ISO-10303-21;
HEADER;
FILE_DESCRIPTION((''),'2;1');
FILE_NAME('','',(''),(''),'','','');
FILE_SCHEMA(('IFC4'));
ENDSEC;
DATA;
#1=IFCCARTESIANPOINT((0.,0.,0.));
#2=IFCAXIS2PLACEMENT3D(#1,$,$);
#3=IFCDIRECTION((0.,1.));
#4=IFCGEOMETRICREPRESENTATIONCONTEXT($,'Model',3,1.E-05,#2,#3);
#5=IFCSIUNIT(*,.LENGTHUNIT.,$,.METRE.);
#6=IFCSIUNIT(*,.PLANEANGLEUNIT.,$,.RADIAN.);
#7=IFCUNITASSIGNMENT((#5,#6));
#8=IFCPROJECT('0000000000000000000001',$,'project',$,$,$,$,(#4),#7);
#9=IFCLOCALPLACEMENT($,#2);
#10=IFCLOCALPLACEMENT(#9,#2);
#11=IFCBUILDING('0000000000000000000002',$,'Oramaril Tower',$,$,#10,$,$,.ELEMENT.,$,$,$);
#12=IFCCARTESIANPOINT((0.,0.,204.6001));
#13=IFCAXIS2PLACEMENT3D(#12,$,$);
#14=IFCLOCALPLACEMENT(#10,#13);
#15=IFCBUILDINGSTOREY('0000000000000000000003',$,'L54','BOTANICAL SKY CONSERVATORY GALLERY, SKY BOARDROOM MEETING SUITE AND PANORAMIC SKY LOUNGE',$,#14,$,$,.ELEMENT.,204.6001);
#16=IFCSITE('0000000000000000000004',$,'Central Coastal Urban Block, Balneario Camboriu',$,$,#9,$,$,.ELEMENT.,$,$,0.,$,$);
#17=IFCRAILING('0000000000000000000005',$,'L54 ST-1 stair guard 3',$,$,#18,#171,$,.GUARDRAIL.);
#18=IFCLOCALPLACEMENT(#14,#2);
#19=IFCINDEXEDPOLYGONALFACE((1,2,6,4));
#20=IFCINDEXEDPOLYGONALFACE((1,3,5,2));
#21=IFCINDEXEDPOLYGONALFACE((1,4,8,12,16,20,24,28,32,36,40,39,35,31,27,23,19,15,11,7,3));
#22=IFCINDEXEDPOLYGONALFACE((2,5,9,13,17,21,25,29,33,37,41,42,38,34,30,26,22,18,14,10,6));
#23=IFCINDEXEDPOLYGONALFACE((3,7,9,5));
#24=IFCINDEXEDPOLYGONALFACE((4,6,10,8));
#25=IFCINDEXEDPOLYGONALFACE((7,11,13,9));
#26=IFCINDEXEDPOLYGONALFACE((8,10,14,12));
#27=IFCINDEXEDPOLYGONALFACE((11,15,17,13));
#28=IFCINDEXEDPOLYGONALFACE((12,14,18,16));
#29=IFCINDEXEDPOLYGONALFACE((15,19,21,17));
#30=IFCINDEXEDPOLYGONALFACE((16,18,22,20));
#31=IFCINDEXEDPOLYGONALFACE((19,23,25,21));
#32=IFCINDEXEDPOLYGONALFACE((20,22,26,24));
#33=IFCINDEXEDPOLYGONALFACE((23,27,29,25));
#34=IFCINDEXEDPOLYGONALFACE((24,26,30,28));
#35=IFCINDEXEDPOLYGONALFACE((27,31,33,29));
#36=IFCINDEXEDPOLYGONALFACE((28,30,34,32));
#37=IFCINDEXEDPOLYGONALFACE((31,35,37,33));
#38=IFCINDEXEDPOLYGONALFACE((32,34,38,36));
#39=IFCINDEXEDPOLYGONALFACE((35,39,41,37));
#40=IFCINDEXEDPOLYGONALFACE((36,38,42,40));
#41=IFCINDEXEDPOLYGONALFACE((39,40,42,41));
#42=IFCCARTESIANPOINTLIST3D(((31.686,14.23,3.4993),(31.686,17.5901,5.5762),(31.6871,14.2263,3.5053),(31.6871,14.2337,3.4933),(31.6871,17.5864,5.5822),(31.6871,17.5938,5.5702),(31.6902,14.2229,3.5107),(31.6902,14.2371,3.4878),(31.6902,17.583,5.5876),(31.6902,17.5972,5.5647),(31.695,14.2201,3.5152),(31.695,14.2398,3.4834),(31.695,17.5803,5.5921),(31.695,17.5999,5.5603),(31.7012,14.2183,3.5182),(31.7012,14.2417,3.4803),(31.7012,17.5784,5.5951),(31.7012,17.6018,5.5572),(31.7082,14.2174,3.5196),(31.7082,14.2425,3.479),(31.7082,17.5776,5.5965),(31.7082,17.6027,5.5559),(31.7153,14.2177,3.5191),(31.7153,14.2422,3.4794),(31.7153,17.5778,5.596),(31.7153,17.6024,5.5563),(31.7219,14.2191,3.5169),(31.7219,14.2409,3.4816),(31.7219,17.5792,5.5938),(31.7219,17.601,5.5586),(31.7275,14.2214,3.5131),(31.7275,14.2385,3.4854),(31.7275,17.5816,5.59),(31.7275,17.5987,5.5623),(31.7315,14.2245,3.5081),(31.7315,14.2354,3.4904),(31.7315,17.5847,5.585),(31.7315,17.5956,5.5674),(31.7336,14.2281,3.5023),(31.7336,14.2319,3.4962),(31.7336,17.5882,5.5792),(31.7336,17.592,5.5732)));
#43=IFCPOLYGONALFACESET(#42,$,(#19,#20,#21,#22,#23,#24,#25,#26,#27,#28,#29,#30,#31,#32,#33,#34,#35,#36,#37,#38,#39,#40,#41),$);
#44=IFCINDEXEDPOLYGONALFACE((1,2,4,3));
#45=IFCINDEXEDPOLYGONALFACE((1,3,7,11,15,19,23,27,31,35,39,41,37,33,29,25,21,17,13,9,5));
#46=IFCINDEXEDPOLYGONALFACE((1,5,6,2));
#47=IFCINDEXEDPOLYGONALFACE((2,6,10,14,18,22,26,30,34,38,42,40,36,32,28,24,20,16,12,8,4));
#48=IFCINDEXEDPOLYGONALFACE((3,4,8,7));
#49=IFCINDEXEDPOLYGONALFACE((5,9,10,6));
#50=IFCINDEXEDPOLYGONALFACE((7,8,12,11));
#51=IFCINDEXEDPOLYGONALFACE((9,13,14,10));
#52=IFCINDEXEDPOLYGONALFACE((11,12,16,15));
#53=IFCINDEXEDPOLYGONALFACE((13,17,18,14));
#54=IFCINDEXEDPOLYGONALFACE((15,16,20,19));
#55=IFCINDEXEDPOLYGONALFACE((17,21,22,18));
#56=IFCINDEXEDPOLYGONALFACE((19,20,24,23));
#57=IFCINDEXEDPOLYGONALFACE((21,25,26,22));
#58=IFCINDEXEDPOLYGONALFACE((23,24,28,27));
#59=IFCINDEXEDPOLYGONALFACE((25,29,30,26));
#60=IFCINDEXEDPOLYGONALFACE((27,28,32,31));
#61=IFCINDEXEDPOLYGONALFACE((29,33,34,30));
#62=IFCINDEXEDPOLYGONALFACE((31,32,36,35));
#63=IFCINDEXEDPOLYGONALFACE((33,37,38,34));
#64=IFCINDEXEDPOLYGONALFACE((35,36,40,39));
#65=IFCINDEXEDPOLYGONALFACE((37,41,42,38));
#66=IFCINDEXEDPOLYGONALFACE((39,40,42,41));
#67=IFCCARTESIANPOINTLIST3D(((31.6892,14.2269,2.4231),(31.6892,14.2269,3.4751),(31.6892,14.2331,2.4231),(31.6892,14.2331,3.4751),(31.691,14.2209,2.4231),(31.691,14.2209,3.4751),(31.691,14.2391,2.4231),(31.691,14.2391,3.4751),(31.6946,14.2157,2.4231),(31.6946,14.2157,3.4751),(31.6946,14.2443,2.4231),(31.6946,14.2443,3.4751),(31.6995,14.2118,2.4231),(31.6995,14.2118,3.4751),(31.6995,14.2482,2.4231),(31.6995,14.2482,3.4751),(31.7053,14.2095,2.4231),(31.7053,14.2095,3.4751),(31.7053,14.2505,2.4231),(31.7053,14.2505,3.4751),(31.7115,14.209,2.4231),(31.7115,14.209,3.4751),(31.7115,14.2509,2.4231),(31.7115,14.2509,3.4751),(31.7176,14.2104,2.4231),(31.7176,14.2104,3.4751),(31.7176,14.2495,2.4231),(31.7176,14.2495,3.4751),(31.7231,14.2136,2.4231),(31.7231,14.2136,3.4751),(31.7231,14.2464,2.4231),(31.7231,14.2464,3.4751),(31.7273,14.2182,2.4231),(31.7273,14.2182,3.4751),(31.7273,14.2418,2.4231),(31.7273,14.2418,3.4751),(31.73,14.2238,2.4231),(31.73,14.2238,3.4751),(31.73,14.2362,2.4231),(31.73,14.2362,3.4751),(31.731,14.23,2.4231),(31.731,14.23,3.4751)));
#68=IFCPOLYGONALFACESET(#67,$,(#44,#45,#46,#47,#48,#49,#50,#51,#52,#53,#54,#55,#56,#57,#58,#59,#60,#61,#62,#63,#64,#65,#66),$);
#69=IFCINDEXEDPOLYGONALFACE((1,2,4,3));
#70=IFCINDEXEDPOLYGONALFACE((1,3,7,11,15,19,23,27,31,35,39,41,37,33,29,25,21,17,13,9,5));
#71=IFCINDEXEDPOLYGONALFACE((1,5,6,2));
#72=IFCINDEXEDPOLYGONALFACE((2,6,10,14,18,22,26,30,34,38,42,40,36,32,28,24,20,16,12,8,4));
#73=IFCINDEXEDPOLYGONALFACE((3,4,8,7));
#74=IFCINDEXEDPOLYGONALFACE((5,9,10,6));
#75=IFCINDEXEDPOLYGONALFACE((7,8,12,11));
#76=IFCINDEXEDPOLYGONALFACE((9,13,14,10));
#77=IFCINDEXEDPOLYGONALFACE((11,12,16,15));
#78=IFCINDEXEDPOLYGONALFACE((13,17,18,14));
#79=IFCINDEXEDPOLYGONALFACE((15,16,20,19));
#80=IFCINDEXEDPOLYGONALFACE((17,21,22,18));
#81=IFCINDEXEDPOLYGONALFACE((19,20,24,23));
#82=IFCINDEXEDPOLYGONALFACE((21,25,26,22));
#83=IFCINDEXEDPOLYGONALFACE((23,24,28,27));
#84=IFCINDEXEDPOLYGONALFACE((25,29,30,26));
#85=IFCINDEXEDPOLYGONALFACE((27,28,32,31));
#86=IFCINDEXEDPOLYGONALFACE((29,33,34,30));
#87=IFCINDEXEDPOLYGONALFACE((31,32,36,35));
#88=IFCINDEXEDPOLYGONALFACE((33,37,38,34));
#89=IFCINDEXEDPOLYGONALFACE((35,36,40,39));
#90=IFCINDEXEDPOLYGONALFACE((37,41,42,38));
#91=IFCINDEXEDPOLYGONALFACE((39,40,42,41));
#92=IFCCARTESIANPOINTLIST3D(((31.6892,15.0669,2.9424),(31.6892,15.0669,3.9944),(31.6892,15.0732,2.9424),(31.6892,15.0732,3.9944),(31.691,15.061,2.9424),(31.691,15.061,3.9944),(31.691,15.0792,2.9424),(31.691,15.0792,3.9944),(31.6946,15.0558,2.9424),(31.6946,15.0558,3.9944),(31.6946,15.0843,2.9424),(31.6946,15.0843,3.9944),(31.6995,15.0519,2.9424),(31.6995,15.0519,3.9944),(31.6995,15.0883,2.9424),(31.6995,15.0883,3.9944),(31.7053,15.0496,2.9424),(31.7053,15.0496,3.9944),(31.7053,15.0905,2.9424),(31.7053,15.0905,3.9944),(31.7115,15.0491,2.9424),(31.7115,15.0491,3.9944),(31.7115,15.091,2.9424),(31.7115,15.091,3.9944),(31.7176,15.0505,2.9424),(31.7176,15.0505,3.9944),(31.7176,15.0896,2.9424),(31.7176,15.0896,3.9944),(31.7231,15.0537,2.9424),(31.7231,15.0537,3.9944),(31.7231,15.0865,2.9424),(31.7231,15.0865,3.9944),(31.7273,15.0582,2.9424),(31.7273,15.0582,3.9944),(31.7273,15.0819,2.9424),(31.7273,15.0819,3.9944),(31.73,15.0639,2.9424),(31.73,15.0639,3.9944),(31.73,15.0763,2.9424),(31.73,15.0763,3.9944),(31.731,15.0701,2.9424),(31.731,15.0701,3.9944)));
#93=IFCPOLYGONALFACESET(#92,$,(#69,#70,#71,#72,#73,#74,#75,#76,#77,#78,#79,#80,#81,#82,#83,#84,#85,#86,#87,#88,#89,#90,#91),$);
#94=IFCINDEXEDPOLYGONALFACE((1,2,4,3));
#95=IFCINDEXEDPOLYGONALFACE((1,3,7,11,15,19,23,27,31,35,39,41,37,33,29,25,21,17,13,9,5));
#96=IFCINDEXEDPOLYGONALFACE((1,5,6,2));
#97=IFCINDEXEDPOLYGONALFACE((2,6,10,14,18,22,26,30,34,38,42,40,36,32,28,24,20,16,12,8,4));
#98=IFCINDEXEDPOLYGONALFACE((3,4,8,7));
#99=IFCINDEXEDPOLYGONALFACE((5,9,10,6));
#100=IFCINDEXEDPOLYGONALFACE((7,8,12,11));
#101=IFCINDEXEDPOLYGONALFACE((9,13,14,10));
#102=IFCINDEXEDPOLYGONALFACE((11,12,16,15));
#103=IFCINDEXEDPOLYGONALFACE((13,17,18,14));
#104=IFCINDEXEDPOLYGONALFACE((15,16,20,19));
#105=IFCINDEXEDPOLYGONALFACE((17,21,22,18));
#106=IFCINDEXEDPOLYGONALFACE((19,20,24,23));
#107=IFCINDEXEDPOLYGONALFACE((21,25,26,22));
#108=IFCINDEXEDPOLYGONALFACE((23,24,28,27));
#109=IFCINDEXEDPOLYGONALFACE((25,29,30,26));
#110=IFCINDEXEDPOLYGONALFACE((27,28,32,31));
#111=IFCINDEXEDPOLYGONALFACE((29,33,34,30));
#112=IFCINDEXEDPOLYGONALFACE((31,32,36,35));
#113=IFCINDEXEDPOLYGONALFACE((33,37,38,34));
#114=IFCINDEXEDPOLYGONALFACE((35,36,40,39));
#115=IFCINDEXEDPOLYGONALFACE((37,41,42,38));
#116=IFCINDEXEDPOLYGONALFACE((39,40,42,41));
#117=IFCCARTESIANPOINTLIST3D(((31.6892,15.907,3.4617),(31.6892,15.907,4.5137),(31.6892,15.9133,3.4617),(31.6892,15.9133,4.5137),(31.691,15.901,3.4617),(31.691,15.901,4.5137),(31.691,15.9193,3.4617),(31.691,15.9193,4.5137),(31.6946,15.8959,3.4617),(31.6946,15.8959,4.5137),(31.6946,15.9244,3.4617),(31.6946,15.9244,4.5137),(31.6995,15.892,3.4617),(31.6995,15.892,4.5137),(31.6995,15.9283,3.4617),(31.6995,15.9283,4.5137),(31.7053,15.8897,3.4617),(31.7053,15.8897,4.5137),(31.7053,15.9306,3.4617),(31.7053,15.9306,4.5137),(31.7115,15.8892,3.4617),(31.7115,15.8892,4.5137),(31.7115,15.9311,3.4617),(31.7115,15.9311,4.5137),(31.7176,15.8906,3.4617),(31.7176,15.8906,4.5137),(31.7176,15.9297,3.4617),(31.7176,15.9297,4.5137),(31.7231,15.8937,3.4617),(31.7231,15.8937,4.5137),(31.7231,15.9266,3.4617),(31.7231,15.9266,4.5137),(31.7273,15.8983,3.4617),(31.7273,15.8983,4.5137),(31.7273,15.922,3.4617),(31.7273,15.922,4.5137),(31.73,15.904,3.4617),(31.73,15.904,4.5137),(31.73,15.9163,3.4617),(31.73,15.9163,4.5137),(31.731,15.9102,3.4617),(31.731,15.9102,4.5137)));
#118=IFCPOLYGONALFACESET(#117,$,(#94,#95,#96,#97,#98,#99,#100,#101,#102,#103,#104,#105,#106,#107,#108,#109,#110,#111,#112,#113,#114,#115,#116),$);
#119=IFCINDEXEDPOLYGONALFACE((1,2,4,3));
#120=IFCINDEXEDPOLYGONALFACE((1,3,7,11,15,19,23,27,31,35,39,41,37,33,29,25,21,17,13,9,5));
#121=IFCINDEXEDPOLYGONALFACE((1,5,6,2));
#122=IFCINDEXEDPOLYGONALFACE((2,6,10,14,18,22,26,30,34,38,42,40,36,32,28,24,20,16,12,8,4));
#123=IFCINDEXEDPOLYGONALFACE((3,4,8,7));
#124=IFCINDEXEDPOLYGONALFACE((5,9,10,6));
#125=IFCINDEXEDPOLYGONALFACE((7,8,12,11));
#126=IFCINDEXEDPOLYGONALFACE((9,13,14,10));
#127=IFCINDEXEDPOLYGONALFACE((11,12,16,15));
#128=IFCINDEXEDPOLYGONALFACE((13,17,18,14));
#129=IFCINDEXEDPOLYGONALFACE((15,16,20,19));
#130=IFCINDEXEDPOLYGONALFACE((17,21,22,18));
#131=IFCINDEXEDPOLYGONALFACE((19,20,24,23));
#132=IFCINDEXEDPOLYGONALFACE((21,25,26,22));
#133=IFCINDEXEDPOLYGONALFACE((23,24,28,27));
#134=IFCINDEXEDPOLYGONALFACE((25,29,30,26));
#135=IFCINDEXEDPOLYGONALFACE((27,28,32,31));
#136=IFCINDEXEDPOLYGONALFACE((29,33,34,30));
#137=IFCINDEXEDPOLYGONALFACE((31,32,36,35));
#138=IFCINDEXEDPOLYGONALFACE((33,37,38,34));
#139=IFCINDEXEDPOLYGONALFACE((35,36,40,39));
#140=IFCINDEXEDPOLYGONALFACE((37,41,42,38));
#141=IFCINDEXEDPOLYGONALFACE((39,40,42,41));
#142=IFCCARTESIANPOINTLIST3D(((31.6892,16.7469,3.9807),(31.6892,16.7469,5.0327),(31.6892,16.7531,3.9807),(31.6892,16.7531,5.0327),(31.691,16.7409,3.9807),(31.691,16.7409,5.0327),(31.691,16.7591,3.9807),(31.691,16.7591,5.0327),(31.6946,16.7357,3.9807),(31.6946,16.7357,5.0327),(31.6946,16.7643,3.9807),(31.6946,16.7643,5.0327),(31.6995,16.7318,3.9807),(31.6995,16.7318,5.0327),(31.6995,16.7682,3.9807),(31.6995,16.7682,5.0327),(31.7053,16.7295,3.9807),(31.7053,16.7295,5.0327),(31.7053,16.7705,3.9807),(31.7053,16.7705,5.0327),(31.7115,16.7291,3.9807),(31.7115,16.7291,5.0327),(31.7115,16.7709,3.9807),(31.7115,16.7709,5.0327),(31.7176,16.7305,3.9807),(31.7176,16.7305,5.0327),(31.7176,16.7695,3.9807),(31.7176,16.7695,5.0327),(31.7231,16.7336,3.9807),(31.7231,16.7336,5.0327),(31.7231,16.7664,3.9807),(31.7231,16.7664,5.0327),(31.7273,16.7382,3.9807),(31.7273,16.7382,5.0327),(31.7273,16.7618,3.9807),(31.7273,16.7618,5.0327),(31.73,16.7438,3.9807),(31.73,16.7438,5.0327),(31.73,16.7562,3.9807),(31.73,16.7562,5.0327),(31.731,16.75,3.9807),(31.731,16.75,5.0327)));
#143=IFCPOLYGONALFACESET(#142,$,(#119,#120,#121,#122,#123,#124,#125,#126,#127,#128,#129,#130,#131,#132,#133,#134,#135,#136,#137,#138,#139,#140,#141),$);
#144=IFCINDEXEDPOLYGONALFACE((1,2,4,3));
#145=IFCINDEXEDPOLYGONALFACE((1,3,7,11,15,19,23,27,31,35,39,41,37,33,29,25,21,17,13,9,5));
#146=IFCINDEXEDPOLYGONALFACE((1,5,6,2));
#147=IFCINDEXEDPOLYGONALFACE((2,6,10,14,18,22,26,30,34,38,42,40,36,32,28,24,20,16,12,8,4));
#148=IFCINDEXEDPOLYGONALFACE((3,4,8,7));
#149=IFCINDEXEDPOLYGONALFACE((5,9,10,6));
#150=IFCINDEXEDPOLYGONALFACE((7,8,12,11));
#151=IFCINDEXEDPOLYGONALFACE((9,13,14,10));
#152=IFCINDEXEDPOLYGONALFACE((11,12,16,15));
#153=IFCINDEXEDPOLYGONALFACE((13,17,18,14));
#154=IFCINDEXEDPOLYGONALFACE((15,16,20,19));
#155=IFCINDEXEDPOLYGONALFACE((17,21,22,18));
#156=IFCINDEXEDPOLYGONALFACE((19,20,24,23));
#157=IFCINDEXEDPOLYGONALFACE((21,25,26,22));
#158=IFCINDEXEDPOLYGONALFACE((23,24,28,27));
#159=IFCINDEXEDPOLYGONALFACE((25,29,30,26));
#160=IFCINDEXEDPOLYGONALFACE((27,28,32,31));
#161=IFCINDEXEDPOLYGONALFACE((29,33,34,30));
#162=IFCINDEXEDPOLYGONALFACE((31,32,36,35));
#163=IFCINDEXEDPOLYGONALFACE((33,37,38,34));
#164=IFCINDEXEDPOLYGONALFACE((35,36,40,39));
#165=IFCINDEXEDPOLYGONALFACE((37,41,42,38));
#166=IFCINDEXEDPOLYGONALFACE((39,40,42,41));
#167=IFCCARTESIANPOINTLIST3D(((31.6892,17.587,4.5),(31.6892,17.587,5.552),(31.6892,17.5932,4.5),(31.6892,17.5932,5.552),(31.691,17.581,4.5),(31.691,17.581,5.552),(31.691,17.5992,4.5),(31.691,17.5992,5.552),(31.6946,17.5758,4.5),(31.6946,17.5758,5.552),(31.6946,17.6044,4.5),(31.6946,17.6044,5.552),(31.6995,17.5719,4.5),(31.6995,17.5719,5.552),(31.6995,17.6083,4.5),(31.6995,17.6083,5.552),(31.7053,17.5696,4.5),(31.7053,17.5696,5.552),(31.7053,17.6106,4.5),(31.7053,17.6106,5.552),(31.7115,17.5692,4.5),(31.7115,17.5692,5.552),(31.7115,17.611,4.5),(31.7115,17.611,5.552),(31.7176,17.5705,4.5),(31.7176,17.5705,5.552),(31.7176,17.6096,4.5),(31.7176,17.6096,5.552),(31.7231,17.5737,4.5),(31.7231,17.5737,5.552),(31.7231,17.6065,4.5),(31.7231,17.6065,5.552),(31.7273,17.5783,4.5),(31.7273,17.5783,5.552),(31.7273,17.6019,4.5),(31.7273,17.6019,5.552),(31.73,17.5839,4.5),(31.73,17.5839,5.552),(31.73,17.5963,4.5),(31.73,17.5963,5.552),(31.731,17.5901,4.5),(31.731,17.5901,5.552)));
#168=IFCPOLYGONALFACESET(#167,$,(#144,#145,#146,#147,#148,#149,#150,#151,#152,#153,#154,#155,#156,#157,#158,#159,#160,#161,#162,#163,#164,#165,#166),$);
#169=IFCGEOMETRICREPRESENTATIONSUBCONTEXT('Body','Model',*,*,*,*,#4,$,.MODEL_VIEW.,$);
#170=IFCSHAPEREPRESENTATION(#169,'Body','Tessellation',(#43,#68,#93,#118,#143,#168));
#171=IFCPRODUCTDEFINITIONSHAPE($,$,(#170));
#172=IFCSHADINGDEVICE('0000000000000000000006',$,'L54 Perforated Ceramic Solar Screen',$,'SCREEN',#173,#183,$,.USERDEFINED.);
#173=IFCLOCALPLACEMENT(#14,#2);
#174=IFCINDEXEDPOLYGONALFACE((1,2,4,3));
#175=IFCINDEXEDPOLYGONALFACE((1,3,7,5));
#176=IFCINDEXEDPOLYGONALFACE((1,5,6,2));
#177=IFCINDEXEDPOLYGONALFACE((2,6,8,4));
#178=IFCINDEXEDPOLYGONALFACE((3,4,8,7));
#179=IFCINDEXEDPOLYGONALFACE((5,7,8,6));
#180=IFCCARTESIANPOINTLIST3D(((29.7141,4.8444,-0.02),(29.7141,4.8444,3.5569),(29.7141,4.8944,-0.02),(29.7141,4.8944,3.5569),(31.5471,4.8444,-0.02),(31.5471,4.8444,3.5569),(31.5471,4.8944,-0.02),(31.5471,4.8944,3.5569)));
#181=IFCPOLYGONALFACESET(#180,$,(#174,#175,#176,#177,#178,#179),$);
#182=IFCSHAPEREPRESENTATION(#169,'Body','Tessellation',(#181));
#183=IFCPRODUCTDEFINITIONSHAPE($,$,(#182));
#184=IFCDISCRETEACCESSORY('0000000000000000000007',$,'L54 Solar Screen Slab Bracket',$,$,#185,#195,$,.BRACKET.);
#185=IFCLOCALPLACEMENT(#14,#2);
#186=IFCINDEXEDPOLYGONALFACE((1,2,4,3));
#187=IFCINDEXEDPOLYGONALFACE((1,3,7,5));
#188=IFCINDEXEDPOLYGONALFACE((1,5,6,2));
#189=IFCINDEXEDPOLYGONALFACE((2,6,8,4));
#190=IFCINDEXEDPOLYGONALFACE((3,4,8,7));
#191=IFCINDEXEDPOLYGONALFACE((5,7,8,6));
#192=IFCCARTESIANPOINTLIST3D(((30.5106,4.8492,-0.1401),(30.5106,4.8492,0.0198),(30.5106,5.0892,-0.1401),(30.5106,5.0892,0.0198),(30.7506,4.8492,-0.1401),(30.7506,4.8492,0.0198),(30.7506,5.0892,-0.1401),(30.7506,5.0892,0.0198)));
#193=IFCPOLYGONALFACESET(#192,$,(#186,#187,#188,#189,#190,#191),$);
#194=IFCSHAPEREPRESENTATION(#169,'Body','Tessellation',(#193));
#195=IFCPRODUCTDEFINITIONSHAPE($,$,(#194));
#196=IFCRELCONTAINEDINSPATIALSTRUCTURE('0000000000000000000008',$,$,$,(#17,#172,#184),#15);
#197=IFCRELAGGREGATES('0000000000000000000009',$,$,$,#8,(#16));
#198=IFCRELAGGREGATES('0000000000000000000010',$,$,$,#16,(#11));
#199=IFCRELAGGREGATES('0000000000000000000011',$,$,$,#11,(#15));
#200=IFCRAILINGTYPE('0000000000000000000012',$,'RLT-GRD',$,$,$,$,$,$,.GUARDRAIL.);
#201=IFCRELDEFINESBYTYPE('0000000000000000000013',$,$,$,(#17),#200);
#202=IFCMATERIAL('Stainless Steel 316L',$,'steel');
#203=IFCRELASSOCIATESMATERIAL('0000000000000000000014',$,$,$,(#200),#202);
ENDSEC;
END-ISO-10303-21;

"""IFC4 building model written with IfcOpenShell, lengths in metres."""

from ifc_helpers import new_model, si_unit, direction, frame, origin, origin_2d, place, context, subcontext, project, spatial, rectangle, circle, extrude, material, type_object, element, save


model = new_model("IFC4")

# Units and contexts
model_context = context("Model", 3, precision=1e-05, world=origin(), true_north=direction((0.0, 1.0)))
body_context = subcontext(model_context, "Body", "Model", "MODEL_VIEW")
ifc_project = project(units=[si_unit("LENGTHUNIT", "METRE"), si_unit("PLANEANGLEUNIT", "RADIAN")], contexts=[model_context])

# Site, building, storey
site_placement = place(None, origin())
site = spatial("IfcSite", under=ifc_project, at=site_placement, Name="Central Coastal Urban Block, Balneario Camboriu", CompositionType="ELEMENT", RefElevation=0.0)
building_placement = place(site_placement, origin())
building = spatial("IfcBuilding", under=site, at=building_placement, Name="Oramaril Tower", CompositionType="ELEMENT")
storey_placement = place(building_placement, frame((0.0, 0.0, 204.6001)))
storey = spatial("IfcBuildingStorey", under=building, at=storey_placement, Name="L54", Description="BOTANICAL SKY CONSERVATORY GALLERY, SKY BOARDROOM MEETING SUITE AND PANORAMIC SKY LOUNGE", CompositionType="ELEMENT", Elevation=204.6001)

# Railing
ifc_material_1 = material(Name="Stainless Steel 316L", Category="steel")
railing_type = type_object("IfcRailingType", Name="RLT-GRD", PredefinedType="GUARDRAIL", material=ifc_material_1)
railing_1_placement = place(storey_placement, frame((31.71, 14.23, 2.4231)))
element("IfcRailing", 1, at=railing_1_placement, inside=storey, type_object=railing_type, Name="L54 ST-1 stair guard 3", PredefinedType="GUARDRAIL", context=body_context, shape_type="SweptSolid", body=[
    extrude(circle(Radius=0.0239, at=origin_2d()), frame((0.0, 0.0, 1.0762), z_axis=(0.0, 0.850623, 0.525776), x_axis=(-1.0, 0.0, 0.0)), (0.0, 0.0, 1.0), 3.9502),
    extrude(circle(Radius=0.021, at=origin_2d()), origin(), (0.0, 0.0, 1.0), 1.052),
    extrude(circle(Radius=0.021, at=origin_2d()), frame((0.0, 0.8401, 0.5193)), (0.0, 0.0, 1.0), 1.052),
    extrude(circle(Radius=0.021, at=origin_2d()), frame((0.0, 1.6802, 1.0386)), (0.0, 0.0, 1.0), 1.052),
    extrude(circle(Radius=0.021, at=origin_2d()), frame((0.0, 2.52, 1.5576)), (0.0, 0.0, 1.0), 1.052),
    extrude(circle(Radius=0.021, at=origin_2d()), frame((0.0, 3.3601, 2.0769)), (0.0, 0.0, 1.0), 1.052),
])

# Shading device
shading_device_placement = place(storey_placement, frame((30.6306, 4.8694, -0.02), z_axis=(0.0, 0.0, 1.0), x_axis=(1.0, 0.0, 0.0)))
element("IfcShadingDevice", 2, at=shading_device_placement, inside=storey, Name="L54 Perforated Ceramic Solar Screen", ObjectType="SCREEN", PredefinedType="USERDEFINED", context=body_context, shape_type="SweptSolid", body=[
    extrude(rectangle(XDim=1.833, YDim=0.05, at=origin_2d()), origin(), (0.0, 0.0, 1.0), 3.5769),
])

# Discrete accessory
discrete_accessory_placement = place(storey_placement, frame((30.6306, 4.9692, -0.1401), z_axis=(0.0, 0.0, 1.0), x_axis=(1.0, 0.0, 0.0)))
element("IfcDiscreteAccessory", 3, at=discrete_accessory_placement, inside=storey, Name="L54 Solar Screen Slab Bracket", PredefinedType="BRACKET", context=body_context, shape_type="SweptSolid", body=[
    extrude(rectangle(XDim=0.24, YDim=0.24, at=origin_2d()), origin(), (0.0, 0.0, 1.0), 0.1599),
])

save(model, "model.ifc")
